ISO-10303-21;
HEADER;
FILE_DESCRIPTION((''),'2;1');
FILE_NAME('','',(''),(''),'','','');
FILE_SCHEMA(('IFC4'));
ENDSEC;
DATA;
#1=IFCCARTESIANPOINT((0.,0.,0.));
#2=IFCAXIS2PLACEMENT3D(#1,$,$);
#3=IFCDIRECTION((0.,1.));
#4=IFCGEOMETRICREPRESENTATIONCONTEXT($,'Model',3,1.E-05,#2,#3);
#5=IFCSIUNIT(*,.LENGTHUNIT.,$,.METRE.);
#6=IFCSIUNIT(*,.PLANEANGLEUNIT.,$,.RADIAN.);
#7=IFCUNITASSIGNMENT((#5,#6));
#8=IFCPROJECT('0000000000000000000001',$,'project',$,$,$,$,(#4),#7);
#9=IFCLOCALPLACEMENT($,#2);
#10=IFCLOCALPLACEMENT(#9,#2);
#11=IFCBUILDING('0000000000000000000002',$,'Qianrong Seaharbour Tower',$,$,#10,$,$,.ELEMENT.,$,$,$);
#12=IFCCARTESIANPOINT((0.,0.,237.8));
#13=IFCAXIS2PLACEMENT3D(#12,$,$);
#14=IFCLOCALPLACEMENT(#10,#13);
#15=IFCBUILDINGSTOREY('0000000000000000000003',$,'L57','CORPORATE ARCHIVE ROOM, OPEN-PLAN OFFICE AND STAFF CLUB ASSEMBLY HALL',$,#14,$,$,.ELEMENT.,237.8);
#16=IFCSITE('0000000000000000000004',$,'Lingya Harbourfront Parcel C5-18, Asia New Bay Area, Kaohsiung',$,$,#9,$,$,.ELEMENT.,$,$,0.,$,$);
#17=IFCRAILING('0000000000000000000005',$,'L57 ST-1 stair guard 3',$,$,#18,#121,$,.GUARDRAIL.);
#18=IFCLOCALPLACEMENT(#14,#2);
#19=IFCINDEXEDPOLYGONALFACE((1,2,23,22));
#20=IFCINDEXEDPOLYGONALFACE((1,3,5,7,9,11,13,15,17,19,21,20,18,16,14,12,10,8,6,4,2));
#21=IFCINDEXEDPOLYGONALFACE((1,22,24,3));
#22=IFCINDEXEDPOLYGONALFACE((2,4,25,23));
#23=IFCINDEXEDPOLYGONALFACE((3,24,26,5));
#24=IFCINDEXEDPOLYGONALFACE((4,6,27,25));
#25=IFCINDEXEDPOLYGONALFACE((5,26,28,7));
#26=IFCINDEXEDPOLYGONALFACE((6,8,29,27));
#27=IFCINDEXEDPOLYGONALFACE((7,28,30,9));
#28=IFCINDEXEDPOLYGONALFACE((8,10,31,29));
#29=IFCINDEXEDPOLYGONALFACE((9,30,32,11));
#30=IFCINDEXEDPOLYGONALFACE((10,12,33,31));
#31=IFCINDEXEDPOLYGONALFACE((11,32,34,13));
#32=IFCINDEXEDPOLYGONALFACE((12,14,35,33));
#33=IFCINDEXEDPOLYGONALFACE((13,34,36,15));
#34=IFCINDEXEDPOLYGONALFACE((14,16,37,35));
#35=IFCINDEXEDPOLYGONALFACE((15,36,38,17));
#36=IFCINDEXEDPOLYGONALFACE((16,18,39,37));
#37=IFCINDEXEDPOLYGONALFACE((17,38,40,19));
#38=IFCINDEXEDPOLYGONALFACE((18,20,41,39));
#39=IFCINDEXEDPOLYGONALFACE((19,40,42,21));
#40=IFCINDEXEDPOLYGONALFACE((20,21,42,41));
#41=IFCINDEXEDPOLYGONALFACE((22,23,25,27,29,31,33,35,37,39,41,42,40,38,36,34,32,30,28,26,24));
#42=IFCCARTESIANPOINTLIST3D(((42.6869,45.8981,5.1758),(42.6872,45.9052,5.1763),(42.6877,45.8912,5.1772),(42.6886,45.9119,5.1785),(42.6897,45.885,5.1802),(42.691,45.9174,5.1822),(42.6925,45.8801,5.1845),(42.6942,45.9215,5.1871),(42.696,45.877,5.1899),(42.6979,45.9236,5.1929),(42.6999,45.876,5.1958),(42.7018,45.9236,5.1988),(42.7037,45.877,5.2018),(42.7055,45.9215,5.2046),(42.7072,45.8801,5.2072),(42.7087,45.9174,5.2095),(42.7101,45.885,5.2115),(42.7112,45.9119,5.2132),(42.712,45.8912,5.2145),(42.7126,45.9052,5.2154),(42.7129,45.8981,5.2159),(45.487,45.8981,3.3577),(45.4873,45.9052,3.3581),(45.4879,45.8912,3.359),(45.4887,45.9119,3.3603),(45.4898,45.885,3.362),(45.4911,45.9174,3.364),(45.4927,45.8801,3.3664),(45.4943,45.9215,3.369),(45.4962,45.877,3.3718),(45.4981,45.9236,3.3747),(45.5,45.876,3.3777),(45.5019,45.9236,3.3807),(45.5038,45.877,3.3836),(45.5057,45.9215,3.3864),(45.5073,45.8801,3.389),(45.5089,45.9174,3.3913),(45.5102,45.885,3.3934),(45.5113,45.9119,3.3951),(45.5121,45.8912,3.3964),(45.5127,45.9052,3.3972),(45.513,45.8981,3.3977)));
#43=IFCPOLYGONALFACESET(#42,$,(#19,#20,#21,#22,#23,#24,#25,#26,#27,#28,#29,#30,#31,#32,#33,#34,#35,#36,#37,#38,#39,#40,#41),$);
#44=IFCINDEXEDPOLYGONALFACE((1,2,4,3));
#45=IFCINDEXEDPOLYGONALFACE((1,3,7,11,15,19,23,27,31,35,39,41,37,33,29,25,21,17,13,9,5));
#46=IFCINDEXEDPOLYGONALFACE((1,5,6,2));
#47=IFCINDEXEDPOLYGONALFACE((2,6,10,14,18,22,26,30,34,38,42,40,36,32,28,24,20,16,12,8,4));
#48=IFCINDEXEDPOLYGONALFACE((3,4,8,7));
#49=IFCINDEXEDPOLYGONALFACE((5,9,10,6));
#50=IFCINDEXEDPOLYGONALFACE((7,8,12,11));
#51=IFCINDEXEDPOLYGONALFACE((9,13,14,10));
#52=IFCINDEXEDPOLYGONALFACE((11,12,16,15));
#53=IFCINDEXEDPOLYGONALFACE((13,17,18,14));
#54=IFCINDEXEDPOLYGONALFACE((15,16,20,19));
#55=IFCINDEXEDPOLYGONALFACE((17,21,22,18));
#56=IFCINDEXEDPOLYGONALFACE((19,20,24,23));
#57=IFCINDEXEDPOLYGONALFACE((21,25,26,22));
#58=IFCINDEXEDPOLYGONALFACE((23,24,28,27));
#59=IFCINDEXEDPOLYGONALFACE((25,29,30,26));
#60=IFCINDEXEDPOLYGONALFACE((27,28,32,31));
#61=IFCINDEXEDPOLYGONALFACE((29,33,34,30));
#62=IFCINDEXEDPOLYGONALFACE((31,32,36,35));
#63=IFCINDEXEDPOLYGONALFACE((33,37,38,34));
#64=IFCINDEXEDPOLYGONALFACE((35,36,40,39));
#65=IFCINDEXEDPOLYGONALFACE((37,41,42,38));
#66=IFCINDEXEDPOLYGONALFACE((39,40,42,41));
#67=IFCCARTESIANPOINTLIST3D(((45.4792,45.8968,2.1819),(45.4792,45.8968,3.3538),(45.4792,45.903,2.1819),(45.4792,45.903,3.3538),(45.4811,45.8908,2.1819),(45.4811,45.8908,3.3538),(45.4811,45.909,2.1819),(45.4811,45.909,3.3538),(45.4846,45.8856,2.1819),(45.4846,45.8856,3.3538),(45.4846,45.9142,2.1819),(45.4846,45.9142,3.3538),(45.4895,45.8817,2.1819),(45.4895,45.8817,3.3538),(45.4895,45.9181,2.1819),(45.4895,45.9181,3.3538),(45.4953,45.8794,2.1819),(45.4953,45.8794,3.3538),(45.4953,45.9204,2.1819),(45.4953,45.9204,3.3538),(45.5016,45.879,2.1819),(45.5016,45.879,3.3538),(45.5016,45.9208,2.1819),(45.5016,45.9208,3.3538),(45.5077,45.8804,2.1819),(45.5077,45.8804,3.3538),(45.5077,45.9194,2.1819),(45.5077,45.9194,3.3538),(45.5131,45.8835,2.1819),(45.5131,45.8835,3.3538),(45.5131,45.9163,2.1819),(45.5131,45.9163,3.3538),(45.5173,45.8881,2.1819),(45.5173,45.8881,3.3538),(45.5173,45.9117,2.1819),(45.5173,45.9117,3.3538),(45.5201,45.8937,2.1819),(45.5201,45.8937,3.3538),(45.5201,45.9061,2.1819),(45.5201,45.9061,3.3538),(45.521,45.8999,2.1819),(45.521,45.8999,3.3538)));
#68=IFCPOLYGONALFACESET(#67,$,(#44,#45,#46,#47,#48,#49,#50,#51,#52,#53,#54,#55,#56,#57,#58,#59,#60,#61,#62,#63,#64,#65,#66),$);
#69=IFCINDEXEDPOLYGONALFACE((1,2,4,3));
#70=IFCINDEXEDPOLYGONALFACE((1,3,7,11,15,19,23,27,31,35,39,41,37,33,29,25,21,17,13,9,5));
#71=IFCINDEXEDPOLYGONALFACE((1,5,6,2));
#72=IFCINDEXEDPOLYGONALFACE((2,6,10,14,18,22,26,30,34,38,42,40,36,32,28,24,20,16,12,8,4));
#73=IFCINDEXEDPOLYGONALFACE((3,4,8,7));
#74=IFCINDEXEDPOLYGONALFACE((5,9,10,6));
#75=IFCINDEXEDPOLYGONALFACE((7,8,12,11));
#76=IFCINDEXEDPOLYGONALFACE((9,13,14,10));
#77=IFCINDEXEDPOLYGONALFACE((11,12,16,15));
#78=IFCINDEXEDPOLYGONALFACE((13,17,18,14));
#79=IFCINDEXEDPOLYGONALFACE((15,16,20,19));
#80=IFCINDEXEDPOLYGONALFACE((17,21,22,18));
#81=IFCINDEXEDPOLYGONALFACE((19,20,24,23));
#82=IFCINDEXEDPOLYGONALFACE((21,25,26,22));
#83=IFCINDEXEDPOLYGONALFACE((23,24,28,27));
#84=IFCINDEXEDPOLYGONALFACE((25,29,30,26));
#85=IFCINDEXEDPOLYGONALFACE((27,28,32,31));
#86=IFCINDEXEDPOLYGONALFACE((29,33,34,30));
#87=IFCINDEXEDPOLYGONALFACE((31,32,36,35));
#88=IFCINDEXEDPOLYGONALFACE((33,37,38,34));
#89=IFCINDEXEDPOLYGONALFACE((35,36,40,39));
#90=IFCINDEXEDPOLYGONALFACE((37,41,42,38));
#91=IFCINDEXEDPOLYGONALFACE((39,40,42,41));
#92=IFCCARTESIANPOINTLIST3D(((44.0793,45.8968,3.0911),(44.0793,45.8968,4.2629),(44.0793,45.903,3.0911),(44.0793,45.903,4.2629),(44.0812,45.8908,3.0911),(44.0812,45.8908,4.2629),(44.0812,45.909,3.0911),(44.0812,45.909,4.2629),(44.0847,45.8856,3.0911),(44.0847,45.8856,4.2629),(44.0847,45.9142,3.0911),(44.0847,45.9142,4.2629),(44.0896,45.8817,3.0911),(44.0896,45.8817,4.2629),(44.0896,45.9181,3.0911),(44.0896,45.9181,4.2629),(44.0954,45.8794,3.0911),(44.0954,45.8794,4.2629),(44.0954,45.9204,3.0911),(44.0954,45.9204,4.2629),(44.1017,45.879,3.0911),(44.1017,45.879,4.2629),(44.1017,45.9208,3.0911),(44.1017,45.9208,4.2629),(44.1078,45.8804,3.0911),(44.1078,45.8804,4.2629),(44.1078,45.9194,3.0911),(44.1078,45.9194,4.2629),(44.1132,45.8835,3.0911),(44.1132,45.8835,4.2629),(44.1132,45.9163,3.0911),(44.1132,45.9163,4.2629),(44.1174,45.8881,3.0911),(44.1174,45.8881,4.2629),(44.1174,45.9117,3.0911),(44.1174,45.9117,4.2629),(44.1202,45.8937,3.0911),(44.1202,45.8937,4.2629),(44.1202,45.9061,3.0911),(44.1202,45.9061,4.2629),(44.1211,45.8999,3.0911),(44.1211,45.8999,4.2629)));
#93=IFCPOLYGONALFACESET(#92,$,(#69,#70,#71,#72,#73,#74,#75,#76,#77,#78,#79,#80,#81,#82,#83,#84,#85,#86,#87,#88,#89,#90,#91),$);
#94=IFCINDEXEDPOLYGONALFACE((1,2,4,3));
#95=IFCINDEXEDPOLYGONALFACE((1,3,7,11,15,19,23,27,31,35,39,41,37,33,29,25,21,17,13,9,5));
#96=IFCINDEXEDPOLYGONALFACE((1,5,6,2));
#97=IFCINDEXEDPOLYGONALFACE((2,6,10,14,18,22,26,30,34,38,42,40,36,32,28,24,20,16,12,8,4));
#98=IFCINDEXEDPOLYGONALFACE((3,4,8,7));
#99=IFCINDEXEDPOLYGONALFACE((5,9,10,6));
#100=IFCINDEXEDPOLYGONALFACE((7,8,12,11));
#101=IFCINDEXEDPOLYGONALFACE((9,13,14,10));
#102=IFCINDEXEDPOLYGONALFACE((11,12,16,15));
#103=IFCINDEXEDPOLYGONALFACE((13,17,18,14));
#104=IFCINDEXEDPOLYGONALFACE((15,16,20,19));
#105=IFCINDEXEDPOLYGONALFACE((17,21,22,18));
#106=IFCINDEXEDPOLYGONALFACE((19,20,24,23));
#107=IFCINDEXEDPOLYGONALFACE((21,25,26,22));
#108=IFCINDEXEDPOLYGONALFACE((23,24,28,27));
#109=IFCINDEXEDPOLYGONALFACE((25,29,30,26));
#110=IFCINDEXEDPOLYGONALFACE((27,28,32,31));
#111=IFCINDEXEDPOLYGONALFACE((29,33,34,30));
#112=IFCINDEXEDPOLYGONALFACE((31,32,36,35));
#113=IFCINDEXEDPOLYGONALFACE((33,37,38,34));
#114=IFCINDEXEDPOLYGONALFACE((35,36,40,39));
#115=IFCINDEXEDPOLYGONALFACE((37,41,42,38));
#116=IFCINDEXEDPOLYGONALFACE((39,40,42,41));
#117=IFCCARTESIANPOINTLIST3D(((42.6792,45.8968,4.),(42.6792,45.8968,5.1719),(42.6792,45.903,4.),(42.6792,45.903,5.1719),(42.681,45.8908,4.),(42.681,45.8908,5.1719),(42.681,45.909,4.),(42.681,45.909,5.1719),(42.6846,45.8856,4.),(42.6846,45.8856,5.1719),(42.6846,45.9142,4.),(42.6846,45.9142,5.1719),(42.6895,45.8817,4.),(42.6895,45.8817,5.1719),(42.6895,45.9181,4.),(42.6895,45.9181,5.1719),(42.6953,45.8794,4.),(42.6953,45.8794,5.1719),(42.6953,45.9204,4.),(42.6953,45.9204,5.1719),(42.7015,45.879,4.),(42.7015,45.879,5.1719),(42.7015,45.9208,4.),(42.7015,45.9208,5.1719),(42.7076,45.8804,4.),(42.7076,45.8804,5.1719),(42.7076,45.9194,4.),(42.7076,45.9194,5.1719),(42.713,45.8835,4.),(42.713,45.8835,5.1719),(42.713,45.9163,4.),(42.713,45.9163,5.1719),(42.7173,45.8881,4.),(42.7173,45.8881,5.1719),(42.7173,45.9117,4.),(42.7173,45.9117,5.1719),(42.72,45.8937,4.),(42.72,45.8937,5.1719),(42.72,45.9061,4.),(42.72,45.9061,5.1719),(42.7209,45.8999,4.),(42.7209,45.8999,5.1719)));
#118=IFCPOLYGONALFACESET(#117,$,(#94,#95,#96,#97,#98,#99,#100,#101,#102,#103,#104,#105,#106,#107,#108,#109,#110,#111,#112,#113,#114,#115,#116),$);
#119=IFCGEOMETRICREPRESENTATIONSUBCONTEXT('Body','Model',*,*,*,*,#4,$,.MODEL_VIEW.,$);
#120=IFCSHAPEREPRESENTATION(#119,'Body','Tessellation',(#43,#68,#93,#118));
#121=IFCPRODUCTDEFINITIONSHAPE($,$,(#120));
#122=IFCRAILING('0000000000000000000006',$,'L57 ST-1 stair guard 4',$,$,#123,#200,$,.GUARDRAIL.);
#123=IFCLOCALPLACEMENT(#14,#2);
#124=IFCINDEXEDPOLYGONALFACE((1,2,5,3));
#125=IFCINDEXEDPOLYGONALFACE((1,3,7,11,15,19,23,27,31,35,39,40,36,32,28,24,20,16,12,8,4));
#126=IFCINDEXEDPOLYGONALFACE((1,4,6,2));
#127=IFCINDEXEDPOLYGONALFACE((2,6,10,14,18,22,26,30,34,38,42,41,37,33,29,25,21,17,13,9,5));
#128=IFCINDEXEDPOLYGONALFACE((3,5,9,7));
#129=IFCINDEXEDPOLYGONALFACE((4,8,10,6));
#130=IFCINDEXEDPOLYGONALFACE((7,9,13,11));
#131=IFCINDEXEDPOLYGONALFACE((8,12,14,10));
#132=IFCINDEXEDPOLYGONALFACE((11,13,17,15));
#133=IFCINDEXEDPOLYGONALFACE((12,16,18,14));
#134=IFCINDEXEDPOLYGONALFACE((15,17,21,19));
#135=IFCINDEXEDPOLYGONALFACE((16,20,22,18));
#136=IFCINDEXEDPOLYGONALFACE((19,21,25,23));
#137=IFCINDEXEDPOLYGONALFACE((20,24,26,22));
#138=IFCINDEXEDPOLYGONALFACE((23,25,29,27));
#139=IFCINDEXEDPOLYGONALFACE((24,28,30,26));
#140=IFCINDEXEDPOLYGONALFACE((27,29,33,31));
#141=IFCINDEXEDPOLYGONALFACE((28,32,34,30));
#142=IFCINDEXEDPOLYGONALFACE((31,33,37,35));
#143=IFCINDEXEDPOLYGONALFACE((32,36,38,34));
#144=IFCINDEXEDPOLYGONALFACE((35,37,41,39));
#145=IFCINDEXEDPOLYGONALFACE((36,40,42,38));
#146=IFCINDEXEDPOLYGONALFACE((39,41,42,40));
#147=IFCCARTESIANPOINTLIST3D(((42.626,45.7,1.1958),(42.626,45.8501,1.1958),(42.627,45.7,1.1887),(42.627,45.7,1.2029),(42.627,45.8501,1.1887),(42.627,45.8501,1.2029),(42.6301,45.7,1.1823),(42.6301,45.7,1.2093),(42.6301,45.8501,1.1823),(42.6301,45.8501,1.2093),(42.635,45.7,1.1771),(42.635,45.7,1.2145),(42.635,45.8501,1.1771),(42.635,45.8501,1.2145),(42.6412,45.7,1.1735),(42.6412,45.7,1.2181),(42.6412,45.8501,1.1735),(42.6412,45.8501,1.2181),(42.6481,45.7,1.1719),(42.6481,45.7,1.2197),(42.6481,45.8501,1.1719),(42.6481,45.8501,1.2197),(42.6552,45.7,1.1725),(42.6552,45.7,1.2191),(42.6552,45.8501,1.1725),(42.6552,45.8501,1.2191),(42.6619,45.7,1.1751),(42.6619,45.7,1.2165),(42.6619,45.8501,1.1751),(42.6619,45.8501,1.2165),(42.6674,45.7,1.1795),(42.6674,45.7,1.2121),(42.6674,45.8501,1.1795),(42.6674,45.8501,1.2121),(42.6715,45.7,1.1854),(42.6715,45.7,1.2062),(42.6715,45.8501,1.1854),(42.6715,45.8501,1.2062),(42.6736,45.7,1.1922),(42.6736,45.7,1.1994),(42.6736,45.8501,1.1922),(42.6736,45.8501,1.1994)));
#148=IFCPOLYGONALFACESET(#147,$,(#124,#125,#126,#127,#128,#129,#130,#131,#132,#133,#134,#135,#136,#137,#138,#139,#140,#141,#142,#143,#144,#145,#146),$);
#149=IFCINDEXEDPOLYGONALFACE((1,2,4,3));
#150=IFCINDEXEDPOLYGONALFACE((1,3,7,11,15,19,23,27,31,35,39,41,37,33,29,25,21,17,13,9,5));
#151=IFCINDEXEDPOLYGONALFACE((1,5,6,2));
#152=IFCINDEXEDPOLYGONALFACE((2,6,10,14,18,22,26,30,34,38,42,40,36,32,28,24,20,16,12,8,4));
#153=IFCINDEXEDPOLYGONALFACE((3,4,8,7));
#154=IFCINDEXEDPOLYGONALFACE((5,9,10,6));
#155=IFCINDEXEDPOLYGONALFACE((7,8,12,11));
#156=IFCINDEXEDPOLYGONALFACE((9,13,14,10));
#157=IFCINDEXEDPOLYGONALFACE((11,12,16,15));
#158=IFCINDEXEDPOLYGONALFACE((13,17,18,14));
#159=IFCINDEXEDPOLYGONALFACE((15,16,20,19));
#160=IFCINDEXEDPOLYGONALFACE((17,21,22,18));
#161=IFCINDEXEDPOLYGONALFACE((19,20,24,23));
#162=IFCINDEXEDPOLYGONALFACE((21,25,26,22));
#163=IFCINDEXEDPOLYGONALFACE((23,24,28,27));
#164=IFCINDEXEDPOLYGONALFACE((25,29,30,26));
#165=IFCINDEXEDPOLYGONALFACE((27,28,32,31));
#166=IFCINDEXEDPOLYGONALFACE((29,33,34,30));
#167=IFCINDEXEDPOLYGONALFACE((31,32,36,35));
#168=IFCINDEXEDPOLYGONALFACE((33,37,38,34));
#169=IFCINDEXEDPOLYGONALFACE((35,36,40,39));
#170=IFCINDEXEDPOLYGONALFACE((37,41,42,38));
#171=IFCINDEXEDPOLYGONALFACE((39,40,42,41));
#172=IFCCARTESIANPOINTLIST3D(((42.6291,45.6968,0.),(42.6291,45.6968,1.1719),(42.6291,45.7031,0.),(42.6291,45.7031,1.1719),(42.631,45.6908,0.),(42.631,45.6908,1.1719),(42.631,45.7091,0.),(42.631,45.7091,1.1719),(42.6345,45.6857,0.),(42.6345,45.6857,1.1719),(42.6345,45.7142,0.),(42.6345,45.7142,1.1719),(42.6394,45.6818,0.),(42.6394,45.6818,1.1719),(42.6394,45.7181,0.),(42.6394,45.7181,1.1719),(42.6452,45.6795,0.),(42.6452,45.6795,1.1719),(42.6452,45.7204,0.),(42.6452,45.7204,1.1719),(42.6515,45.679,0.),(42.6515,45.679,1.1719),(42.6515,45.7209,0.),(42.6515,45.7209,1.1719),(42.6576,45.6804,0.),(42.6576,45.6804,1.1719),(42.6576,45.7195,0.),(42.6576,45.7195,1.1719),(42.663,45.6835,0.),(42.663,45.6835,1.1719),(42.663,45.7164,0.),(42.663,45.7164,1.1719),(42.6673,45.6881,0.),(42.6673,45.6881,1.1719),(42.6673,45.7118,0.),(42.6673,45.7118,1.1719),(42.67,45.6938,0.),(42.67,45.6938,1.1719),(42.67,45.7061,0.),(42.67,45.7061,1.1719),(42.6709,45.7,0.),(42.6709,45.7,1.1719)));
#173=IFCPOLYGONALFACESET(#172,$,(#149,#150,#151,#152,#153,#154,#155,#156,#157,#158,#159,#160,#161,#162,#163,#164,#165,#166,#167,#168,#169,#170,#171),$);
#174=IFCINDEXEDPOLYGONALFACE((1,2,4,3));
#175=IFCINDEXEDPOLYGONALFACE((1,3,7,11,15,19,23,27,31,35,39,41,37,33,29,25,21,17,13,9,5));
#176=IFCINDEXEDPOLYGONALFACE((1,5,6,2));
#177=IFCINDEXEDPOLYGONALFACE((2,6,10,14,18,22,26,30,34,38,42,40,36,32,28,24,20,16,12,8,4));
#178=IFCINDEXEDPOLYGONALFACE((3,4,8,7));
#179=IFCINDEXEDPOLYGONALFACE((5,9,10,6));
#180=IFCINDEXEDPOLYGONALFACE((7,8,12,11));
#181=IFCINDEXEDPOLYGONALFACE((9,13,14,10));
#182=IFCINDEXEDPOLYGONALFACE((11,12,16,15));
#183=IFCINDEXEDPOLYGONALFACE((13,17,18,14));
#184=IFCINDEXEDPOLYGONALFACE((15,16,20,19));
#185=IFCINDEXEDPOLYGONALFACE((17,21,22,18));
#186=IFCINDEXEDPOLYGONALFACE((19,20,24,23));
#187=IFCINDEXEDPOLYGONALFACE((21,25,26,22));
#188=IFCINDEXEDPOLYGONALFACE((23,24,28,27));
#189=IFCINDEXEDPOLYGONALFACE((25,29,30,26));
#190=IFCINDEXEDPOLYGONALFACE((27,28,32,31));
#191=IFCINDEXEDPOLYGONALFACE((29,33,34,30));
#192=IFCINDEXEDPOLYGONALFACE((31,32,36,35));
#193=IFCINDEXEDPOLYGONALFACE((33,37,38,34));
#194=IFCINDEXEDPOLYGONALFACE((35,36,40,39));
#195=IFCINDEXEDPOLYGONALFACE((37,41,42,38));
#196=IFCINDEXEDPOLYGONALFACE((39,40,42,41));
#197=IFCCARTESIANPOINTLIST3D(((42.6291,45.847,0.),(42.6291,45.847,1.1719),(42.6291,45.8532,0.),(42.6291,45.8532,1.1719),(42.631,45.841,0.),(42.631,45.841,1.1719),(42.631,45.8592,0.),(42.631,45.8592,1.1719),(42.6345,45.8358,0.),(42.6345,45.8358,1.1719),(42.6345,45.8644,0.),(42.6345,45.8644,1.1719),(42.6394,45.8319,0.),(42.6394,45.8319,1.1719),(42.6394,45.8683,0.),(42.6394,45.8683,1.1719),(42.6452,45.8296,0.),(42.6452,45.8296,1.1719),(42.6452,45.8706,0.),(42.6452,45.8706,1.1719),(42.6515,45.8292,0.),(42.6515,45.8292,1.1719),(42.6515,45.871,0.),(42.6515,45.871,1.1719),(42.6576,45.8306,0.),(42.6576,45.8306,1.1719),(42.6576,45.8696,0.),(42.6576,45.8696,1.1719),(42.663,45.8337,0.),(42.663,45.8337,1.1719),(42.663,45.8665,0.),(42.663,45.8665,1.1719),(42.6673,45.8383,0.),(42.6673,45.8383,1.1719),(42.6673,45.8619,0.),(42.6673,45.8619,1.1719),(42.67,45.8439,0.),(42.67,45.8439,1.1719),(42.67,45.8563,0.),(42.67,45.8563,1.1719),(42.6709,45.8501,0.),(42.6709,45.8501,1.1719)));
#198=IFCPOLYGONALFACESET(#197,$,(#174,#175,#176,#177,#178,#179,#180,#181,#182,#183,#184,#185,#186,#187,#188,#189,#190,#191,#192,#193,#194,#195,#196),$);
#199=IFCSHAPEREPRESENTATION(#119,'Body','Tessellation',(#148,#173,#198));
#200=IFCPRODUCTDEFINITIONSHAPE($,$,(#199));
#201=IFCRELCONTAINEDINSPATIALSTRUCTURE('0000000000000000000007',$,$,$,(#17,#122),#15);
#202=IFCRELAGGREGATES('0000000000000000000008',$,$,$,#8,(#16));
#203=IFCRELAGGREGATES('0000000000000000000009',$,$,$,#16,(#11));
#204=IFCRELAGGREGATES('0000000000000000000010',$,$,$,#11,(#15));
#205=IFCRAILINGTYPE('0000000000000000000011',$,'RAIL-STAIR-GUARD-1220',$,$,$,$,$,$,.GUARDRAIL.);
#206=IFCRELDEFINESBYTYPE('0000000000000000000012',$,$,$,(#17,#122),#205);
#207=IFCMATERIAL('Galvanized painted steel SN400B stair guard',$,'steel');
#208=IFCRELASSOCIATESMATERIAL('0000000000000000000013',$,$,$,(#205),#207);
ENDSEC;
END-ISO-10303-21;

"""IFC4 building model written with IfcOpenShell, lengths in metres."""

from ifc_helpers import new_model, si_unit, direction, frame, origin, origin_2d, place, context, subcontext, project, spatial, circle, extrude, material, type_object, element, save


model = new_model("IFC4")

# Units and contexts
model_context = context("Model", 3, precision=1e-05, world=origin(), true_north=direction((0.0, 1.0)))
body_context = subcontext(model_context, "Body", "Model", "MODEL_VIEW")
ifc_project = project(units=[si_unit("LENGTHUNIT", "METRE"), si_unit("PLANEANGLEUNIT", "RADIAN")], contexts=[model_context])

# Site, building, storey
site_placement = place(None, origin())
site = spatial("IfcSite", under=ifc_project, at=site_placement, Name="Lingya Harbourfront Parcel C5-18, Asia New Bay Area, Kaohsiung", CompositionType="ELEMENT", RefElevation=0.0)
building_placement = place(site_placement, origin())
building = spatial("IfcBuilding", under=site, at=building_placement, Name="Qianrong Seaharbour Tower", CompositionType="ELEMENT")
storey_placement = place(building_placement, frame((0.0, 0.0, 237.8)))
storey = spatial("IfcBuildingStorey", under=building, at=storey_placement, Name="L57", Description="CORPORATE ARCHIVE ROOM, OPEN-PLAN OFFICE AND STAFF CLUB ASSEMBLY HALL", CompositionType="ELEMENT", Elevation=237.8)

# Railings
ifc_material_1 = material(Name="Galvanized painted steel SN400B stair guard", Category="steel")
railing_type_1 = type_object("IfcRailingType", Name="RAIL-STAIR-GUARD-1220", PredefinedType="GUARDRAIL", material=ifc_material_1)
railing_1_placement = place(storey_placement, frame((45.5, 45.8999, 2.1819)))
element("IfcRailing", 1, at=railing_1_placement, inside=storey, type_object=railing_type_1, Name="L57 ST-1 stair guard 3", PredefinedType="GUARDRAIL", context=body_context, shape_type="SweptSolid", body=[
    extrude(circle(Radius=0.0239, at=origin_2d()), frame((0.0, 0.0, 1.1958), z_axis=(-0.838706, 0.0, 0.544585), x_axis=(0.0, -1.0, 0.0)), (0.0, 0.0, 1.0), 3.3386),
    extrude(circle(Radius=0.021, at=origin_2d()), origin(), (0.0, 0.0, 1.0), 1.1719),
    extrude(circle(Radius=0.021, at=origin_2d()), frame((-1.3999, 0.0, 0.9092)), (0.0, 0.0, 1.0), 1.1719),
    extrude(circle(Radius=0.021, at=origin_2d()), frame((-2.8, 0.0, 1.8181)), (0.0, 0.0, 1.0), 1.1719),
])
railing_2_placement = place(storey_placement, frame((42.6499, 45.7, 0.0)))
element("IfcRailing", 2, at=railing_2_placement, inside=storey, type_object=railing_type_1, Name="L57 ST-1 stair guard 4", PredefinedType="GUARDRAIL", context=body_context, shape_type="SweptSolid", body=[
    extrude(circle(Radius=0.0239, at=origin_2d()), frame((0.0, 0.0, 1.1958), z_axis=(0.0, 1.0, 0.0), x_axis=(-1.0, 0.0, 0.0)), (0.0, 0.0, 1.0), 0.1501),
    extrude(circle(Radius=0.021, at=origin_2d()), origin(), (0.0, 0.0, 1.0), 1.1719),
    extrude(circle(Radius=0.021, at=origin_2d()), frame((0.0, 0.1501, 0.0)), (0.0, 0.0, 1.0), 1.1719),
])

save(model, "model.ifc")
